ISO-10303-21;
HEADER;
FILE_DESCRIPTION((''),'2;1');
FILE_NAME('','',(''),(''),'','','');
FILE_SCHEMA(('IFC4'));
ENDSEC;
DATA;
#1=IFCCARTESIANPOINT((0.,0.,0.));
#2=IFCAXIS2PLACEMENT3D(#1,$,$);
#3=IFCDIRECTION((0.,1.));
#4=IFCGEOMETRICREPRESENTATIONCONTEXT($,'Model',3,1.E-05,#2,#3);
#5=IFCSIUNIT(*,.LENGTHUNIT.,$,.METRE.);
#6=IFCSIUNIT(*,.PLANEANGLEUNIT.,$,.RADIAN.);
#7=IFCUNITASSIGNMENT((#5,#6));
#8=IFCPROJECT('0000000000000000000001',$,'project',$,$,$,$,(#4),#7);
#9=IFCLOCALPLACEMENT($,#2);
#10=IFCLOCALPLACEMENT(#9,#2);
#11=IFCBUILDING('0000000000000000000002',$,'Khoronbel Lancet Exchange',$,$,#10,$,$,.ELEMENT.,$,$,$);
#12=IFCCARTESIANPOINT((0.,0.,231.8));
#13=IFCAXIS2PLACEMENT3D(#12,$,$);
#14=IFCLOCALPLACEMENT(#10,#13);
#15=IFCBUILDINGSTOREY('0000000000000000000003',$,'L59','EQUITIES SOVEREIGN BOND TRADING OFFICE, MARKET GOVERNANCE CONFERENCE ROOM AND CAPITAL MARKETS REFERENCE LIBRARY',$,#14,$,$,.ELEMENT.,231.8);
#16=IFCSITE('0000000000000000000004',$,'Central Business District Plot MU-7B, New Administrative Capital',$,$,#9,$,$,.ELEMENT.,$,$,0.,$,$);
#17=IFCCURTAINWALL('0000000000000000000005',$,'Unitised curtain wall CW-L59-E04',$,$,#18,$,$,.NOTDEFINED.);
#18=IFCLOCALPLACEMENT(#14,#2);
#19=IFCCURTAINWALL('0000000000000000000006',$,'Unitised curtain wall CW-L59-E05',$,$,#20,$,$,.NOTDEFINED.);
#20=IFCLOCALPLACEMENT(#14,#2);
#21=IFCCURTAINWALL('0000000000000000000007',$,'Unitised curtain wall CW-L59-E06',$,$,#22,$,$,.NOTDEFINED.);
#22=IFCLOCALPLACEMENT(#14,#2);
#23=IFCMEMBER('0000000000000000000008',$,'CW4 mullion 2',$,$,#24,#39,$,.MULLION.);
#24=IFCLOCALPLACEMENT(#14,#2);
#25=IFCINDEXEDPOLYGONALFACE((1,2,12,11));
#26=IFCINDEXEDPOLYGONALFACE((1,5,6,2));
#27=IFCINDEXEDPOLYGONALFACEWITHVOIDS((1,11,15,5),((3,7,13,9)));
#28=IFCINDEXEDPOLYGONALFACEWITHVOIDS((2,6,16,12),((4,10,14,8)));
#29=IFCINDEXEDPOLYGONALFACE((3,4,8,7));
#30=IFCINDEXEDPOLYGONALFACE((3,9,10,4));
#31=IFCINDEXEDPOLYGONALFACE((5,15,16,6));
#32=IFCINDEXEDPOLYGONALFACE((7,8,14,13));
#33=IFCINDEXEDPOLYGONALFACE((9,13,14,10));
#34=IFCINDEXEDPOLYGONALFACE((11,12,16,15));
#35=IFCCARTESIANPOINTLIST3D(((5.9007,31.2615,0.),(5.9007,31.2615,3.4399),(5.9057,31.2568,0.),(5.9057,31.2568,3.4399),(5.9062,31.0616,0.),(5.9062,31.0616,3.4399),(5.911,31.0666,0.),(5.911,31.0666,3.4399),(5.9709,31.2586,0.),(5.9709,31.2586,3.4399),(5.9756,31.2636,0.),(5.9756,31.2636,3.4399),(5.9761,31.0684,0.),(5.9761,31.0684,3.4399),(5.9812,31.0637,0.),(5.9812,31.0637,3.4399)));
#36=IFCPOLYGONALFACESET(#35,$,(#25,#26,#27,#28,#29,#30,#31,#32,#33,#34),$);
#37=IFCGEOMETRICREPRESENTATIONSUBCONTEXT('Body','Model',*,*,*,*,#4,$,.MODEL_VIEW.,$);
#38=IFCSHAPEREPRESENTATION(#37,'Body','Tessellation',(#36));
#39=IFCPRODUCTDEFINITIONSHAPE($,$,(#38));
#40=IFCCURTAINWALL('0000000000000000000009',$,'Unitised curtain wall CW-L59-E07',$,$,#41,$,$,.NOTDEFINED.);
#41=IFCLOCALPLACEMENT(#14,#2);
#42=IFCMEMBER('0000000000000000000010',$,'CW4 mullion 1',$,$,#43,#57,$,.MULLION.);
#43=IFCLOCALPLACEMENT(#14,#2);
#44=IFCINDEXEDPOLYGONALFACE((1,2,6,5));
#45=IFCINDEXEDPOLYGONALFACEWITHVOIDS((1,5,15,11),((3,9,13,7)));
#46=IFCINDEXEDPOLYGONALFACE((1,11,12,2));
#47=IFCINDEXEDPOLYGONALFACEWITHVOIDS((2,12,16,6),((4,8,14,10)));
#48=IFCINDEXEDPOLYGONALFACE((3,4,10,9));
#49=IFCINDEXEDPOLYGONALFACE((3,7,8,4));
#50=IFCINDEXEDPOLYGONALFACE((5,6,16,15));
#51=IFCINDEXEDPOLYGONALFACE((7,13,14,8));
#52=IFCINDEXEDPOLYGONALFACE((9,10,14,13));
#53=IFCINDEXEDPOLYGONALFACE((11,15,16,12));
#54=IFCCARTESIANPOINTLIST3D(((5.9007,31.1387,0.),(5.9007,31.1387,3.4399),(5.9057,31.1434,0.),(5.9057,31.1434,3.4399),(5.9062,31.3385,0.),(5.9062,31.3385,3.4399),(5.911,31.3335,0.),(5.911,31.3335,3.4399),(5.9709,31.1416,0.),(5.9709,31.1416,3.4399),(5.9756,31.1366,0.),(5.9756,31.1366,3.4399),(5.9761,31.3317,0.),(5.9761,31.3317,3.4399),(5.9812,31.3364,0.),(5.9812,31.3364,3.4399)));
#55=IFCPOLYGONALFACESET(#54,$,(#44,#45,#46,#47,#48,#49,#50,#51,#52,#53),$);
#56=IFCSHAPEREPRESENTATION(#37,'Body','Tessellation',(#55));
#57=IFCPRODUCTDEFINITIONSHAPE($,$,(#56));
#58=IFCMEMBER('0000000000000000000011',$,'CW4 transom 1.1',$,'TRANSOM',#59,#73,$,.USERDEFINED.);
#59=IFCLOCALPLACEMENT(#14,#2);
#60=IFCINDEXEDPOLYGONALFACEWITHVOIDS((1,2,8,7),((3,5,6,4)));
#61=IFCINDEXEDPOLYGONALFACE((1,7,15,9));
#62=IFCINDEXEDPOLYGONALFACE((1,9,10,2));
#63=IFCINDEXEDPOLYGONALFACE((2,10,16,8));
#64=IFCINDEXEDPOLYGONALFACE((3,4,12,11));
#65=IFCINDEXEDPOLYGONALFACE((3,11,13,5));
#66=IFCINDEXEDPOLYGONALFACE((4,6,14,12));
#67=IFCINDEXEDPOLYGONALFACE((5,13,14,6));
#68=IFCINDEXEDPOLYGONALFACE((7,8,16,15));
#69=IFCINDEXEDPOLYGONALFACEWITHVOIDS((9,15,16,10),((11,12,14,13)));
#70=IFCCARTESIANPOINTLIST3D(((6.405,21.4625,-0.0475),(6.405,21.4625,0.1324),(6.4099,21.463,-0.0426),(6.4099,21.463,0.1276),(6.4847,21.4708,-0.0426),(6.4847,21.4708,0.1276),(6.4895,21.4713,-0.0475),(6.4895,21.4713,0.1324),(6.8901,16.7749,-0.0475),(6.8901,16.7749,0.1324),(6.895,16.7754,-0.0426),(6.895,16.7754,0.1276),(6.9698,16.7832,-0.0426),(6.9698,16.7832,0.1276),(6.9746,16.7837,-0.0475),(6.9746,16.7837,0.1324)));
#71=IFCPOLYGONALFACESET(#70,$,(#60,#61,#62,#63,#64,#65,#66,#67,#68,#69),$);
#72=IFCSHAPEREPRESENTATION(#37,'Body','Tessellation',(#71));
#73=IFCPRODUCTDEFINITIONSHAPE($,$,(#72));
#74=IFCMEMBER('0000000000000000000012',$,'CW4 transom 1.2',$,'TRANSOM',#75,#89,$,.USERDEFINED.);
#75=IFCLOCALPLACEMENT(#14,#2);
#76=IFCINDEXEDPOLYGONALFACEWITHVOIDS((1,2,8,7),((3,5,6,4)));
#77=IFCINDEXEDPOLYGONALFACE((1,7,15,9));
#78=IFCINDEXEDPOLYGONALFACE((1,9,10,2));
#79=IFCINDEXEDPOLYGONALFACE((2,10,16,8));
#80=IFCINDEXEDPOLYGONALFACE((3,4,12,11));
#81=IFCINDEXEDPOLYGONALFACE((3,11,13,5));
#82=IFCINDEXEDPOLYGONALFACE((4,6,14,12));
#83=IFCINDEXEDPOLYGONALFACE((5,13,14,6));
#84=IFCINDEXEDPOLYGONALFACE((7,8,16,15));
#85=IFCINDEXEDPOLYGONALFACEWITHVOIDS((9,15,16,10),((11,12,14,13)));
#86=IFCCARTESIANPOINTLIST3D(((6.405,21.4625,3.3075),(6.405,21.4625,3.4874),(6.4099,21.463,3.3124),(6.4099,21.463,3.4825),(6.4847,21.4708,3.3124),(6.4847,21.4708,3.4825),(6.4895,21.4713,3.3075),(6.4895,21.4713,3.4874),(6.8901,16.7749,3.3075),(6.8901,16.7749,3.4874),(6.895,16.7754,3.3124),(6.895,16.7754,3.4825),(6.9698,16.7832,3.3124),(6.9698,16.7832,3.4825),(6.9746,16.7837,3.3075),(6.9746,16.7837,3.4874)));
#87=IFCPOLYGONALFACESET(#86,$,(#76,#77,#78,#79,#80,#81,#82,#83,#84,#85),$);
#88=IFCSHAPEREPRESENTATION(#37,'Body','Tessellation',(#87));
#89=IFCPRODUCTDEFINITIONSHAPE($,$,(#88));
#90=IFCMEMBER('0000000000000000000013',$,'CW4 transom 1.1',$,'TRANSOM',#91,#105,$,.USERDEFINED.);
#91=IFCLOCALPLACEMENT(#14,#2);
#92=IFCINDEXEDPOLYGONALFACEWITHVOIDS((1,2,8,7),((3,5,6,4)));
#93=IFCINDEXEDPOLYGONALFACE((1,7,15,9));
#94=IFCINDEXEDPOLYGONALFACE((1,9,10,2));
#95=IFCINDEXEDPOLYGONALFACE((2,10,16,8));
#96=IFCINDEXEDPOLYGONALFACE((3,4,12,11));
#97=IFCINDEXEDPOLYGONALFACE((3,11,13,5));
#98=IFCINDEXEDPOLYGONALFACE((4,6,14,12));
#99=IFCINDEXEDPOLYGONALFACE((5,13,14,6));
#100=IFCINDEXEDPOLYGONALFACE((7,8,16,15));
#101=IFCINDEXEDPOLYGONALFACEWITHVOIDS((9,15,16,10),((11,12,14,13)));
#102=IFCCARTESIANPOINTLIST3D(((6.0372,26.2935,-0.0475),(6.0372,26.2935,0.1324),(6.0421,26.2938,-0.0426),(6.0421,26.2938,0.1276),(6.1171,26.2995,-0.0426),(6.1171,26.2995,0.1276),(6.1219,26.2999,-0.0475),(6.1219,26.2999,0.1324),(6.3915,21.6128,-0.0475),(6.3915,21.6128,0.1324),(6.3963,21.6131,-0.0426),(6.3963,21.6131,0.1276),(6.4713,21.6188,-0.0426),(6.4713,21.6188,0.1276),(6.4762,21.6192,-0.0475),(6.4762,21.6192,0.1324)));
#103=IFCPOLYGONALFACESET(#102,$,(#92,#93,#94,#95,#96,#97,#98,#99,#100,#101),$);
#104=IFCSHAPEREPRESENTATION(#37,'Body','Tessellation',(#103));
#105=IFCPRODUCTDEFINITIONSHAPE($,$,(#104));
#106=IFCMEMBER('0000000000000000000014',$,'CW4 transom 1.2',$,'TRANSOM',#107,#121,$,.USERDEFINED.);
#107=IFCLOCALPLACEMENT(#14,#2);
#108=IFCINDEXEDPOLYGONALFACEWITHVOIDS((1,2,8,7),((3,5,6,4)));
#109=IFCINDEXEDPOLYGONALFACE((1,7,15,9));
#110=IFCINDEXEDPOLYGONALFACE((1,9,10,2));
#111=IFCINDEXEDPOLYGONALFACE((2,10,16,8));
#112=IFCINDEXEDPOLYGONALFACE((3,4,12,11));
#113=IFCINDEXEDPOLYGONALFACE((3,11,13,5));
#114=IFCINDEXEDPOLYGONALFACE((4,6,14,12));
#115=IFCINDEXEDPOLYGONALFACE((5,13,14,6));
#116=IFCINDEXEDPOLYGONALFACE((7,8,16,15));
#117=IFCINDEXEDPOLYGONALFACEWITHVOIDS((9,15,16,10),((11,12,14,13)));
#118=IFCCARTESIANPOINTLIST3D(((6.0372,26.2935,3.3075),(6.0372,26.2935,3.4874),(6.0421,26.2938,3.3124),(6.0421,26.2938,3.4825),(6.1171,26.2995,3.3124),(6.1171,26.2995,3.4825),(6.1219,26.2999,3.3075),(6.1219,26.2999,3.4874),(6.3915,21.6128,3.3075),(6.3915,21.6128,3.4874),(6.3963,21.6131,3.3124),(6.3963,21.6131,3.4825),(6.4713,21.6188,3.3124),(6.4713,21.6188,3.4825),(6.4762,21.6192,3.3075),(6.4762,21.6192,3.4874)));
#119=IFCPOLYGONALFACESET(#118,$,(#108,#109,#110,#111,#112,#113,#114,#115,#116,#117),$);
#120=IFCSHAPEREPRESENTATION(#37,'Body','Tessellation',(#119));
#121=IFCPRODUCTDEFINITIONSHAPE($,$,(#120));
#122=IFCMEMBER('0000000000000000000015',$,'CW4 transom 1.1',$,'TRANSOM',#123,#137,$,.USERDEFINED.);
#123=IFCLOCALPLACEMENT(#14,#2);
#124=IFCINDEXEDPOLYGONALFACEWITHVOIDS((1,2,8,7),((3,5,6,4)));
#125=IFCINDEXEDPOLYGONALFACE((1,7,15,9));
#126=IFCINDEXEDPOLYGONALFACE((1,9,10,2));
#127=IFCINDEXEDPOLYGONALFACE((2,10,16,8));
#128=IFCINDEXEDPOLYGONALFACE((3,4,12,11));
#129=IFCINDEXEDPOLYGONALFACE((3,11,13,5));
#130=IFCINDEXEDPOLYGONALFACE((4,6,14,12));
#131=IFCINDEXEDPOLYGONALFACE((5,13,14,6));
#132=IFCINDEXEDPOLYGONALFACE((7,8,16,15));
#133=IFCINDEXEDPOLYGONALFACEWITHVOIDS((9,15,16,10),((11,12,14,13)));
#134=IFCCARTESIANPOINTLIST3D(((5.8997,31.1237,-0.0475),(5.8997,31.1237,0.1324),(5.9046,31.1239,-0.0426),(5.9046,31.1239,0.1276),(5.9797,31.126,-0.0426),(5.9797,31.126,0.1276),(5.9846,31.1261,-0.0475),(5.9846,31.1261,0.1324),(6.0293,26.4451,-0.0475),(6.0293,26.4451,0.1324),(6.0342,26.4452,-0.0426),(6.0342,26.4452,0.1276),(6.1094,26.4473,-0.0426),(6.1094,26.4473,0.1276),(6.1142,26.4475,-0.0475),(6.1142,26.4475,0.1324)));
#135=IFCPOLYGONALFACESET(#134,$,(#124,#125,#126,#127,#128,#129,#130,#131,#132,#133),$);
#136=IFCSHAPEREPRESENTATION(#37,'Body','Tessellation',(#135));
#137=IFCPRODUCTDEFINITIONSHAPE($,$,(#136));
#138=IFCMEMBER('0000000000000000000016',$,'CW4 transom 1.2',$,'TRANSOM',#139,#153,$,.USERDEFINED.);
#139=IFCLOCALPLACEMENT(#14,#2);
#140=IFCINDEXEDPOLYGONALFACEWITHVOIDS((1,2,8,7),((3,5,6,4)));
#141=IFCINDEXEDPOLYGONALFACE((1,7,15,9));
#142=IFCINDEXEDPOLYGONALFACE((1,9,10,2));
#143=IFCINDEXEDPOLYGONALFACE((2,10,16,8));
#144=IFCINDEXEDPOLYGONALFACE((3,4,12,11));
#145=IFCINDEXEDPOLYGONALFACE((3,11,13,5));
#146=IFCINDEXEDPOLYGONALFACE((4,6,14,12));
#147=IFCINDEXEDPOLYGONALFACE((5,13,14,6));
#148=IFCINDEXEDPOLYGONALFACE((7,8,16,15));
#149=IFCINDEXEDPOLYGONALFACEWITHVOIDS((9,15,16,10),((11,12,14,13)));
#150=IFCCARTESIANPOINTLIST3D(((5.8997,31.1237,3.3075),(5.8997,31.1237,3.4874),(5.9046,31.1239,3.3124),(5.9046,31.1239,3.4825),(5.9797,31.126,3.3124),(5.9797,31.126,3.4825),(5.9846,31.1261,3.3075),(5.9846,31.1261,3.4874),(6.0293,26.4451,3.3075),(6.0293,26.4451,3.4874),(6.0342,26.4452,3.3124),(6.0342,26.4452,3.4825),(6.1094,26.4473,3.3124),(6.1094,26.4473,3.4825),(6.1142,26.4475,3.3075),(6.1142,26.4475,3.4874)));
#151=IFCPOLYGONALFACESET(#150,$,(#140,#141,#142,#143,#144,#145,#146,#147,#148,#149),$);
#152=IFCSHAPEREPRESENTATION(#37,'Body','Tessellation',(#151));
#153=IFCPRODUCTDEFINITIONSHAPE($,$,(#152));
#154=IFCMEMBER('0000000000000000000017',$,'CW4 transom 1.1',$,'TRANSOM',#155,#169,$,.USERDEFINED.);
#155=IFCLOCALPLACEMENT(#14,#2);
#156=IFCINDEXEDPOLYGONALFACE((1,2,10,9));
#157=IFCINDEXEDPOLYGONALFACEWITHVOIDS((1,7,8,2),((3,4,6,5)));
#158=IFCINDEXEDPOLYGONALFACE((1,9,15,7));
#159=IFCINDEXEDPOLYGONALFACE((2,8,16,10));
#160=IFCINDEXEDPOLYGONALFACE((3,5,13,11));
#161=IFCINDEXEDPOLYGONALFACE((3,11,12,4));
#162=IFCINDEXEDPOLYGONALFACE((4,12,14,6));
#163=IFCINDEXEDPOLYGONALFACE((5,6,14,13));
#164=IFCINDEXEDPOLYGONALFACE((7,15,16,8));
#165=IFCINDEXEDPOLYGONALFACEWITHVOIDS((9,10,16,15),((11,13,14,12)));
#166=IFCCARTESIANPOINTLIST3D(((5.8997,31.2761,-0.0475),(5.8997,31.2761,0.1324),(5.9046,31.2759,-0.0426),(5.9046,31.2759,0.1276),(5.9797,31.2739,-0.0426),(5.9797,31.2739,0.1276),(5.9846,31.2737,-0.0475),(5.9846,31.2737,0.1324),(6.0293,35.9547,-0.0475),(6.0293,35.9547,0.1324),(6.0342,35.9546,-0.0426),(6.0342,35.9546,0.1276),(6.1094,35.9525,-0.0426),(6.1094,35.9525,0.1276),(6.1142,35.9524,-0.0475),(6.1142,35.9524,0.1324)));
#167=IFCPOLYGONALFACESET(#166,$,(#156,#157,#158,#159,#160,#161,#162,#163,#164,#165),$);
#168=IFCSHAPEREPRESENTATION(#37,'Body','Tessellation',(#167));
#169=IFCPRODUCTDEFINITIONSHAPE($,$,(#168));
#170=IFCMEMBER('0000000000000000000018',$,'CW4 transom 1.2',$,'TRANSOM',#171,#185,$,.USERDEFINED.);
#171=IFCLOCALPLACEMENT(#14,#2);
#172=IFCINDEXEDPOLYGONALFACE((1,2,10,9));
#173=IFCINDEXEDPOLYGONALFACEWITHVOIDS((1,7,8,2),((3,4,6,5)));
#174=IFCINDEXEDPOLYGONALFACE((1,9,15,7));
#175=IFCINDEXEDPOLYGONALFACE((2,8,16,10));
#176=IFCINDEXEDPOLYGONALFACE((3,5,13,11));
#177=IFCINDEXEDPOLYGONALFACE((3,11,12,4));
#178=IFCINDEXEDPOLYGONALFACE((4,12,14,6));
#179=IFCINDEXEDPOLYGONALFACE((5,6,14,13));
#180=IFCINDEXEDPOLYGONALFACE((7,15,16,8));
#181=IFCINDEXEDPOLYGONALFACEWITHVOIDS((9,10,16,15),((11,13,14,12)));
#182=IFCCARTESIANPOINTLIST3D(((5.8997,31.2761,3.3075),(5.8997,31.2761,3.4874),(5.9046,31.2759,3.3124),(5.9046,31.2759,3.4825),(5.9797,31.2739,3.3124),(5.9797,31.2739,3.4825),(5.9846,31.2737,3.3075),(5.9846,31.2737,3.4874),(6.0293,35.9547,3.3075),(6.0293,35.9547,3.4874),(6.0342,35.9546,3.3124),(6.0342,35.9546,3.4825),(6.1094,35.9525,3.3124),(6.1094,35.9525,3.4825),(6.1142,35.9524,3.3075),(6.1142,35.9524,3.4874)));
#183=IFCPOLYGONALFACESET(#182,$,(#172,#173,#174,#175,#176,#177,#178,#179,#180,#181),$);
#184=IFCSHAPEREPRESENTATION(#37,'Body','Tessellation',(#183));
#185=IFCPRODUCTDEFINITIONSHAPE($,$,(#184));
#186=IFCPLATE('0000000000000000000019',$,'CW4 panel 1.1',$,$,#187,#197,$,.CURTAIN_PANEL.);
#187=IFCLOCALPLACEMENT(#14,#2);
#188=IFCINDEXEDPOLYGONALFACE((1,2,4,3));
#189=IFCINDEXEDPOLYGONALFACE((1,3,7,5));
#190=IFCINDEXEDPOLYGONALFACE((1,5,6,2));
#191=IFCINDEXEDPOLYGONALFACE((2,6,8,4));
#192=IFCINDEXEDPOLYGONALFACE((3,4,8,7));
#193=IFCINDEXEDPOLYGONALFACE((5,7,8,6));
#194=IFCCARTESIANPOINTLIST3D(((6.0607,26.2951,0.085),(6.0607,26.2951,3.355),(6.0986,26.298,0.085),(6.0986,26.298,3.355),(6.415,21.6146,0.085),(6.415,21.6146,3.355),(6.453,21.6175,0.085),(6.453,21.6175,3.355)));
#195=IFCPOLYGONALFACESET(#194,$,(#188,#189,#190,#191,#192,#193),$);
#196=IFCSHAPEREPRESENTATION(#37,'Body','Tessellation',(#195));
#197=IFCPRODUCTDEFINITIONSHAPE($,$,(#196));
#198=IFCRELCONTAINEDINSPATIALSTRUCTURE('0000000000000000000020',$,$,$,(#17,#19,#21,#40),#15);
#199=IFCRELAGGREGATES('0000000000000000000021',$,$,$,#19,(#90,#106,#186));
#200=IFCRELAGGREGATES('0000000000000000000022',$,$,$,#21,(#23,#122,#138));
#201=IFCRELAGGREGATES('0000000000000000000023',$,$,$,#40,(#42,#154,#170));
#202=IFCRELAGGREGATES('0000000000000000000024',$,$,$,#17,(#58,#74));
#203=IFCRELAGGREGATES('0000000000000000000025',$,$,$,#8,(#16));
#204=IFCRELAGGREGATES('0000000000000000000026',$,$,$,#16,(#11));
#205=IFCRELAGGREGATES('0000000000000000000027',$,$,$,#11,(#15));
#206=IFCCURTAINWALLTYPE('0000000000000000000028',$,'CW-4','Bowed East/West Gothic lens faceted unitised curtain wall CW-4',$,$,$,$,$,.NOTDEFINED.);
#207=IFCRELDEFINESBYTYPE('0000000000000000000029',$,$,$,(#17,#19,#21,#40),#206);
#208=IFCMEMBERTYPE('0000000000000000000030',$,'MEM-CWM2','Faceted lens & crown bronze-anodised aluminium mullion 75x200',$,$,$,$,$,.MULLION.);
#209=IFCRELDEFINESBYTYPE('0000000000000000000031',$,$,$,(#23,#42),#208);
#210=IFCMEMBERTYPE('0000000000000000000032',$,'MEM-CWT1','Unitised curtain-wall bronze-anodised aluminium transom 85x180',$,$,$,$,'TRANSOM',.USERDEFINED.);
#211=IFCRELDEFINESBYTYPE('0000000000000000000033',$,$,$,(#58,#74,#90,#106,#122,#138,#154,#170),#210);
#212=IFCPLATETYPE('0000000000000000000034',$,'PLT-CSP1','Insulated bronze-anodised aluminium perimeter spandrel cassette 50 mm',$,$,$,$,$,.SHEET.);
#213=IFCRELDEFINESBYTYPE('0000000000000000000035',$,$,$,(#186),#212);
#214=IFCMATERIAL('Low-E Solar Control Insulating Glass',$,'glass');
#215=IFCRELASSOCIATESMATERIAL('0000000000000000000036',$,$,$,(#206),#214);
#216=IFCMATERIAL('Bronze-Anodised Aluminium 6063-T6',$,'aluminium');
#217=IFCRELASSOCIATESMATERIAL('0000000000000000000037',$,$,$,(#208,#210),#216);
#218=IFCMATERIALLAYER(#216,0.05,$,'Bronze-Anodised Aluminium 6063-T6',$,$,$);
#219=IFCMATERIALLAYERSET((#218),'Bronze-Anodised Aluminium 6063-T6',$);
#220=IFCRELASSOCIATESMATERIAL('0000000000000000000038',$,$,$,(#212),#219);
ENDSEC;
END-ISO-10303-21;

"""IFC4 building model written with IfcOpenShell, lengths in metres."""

from ifc_helpers import new_model, si_unit, direction, frame, origin, origin_2d, place, context, subcontext, project, spatial, rectangle, hollow_rectangle, extrude, material, layer, layer_set, material_profile, profile_set, type_object, element, aggregate, save


model = new_model("IFC4")

# Units and contexts
model_context = context("Model", 3, precision=1e-05, world=origin(), true_north=direction((0.0, 1.0)))
body_context = subcontext(model_context, "Body", "Model", "MODEL_VIEW")
ifc_project = project(units=[si_unit("LENGTHUNIT", "METRE"), si_unit("PLANEANGLEUNIT", "RADIAN")], contexts=[model_context])

# Site, building, storey
site_placement = place(None, origin())
site = spatial("IfcSite", under=ifc_project, at=site_placement, Name="Central Business District Plot MU-7B, New Administrative Capital", CompositionType="ELEMENT", RefElevation=0.0)
building_placement = place(site_placement, origin())
building = spatial("IfcBuilding", under=site, at=building_placement, Name="Khoronbel Lancet Exchange", CompositionType="ELEMENT")
storey_placement = place(building_placement, frame((0.0, 0.0, 231.8)))
storey = spatial("IfcBuildingStorey", under=building, at=storey_placement, Name="L59", Description="EQUITIES SOVEREIGN BOND TRADING OFFICE, MARKET GOVERNANCE CONFERENCE ROOM AND CAPITAL MARKETS REFERENCE LIBRARY", CompositionType="ELEMENT", Elevation=231.8)

# Curtain walls, member
ifc_material_1 = material(Name="Low-E Solar Control Insulating Glass", Category="glass")
curtain_wall_type = type_object("IfcCurtainWallType", Name="CW-4", Description="Bowed East/West Gothic lens faceted unitised curtain wall CW-4", PredefinedType="NOTDEFINED", material=ifc_material_1)
curtain_wall_1_placement = place(storey_placement, origin())
curtain_wall_1 = element("IfcCurtainWall", 1, at=curtain_wall_1_placement, inside=storey, type_object=curtain_wall_type, Name="Unitised curtain wall CW-L59-E04", PredefinedType="NOTDEFINED")
ifc_material_2 = material(Name="Bronze-Anodised Aluminium 6063-T6", Category="aluminium")
ifc_material_profile_1 = material_profile(ifc_material_2, hollow_rectangle(XDim=0.075, YDim=0.2, WallThickness=0.0049, at=origin_2d()), Name="ALU MULLION 75x200")
ifc_profile_set_1 = profile_set([ifc_material_profile_1], Name="Bronze-Anodised Aluminium 6063-T6")
member_type_1 = type_object("IfcMemberType", Name="MEM-CWM2", Description="Faceted lens & crown bronze-anodised aluminium mullion 75x200", PredefinedType="MULLION", material=ifc_profile_set_1)
curtain_wall_2_placement = place(storey_placement, origin())
curtain_wall_2 = element("IfcCurtainWall", 2, at=curtain_wall_2_placement, inside=storey, type_object=curtain_wall_type, Name="Unitised curtain wall CW-L59-E05", PredefinedType="NOTDEFINED")
curtain_wall_3_placement = place(storey_placement, origin())
curtain_wall_3 = element("IfcCurtainWall", 3, at=curtain_wall_3_placement, inside=storey, type_object=curtain_wall_type, Name="Unitised curtain wall CW-L59-E06", PredefinedType="NOTDEFINED")
member_1_placement = place(storey_placement, frame((5.9409, 31.1626, 0.0), z_axis=(0.0, 0.0, 1.0), x_axis=(-0.999616, -0.027719, 0.0)))
member_1 = element("IfcMember", 4, at=member_1_placement, type_object=member_type_1, Name="CW4 mullion 2", PredefinedType="MULLION", context=body_context, shape_type="SweptSolid", body=[
    extrude(hollow_rectangle(XDim=0.075, YDim=0.2, WallThickness=0.0049, at=origin_2d()), origin(), (0.0, 0.0, 1.0), 3.4399),
])

# Curtain wall, member
curtain_wall_4_placement = place(storey_placement, origin())
curtain_wall_4 = element("IfcCurtainWall", 5, at=curtain_wall_4_placement, inside=storey, type_object=curtain_wall_type, Name="Unitised curtain wall CW-L59-E07", PredefinedType="NOTDEFINED")
member_2_placement = place(storey_placement, frame((5.9409, 31.2375, 0.0), z_axis=(0.0, 0.0, 1.0), x_axis=(-0.999616, 0.027719, 0.0)))
member_2 = element("IfcMember", 6, at=member_2_placement, type_object=member_type_1, Name="CW4 mullion 1", PredefinedType="MULLION", context=body_context, shape_type="SweptSolid", body=[
    extrude(hollow_rectangle(XDim=0.075, YDim=0.2, WallThickness=0.0049, at=origin_2d()), origin(), (0.0, 0.0, 1.0), 3.4399),
])

# Members
ifc_material_profile_2 = material_profile(ifc_material_2, hollow_rectangle(XDim=0.085, YDim=0.1799, WallThickness=0.0049, at=origin_2d()), Name="ALU TRANSOM 85x180")
ifc_profile_set_2 = profile_set([ifc_material_profile_2], Name="Bronze-Anodised Aluminium 6063-T6")
member_type_2 = type_object("IfcMemberType", Name="MEM-CWT1", Description="Unitised curtain-wall bronze-anodised aluminium transom 85x180", ElementType="TRANSOM", PredefinedType="USERDEFINED", material=ifc_profile_set_2)
member_3_placement = place(storey_placement, frame((6.9324, 16.7793, 0.0425), z_axis=(-0.10294, 0.994688, 0.0), x_axis=(-0.994688, -0.10294, 0.0)))
member_3 = element("IfcMember", 7, at=member_3_placement, type_object=member_type_2, Name="CW4 transom 1.1", ObjectType="TRANSOM", PredefinedType="USERDEFINED", context=body_context, shape_type="SweptSolid", body=[
    extrude(hollow_rectangle(XDim=0.085, YDim=0.1799, WallThickness=0.0049, at=origin_2d()), origin(), (0.0, 0.0, 1.0), 4.7126),
])
member_4_placement = place(storey_placement, frame((6.9324, 16.7793, 3.3975), z_axis=(-0.10294, 0.994688, 0.0), x_axis=(-0.994688, -0.10294, 0.0)))
member_4 = element("IfcMember", 8, at=member_4_placement, type_object=member_type_2, Name="CW4 transom 1.2", ObjectType="TRANSOM", PredefinedType="USERDEFINED", context=body_context, shape_type="SweptSolid", body=[
    extrude(hollow_rectangle(XDim=0.085, YDim=0.1799, WallThickness=0.0049, at=origin_2d()), origin(), (0.0, 0.0, 1.0), 4.7126),
])
member_5_placement = place(storey_placement, frame((6.4338, 21.616, 0.0425), z_axis=(-0.075467, 0.997148, 0.0), x_axis=(-0.997148, -0.075467, 0.0)))
member_5 = element("IfcMember", 9, at=member_5_placement, type_object=member_type_2, Name="CW4 transom 1.1", ObjectType="TRANSOM", PredefinedType="USERDEFINED", context=body_context, shape_type="SweptSolid", body=[
    extrude(hollow_rectangle(XDim=0.085, YDim=0.1799, WallThickness=0.0049, at=origin_2d()), origin(), (0.0, 0.0, 1.0), 4.6941),
])
member_6_placement = place(storey_placement, frame((6.4338, 21.616, 3.3975), z_axis=(-0.075467, 0.997148, 0.0), x_axis=(-0.997148, -0.075467, 0.0)))
member_6 = element("IfcMember", 10, at=member_6_placement, type_object=member_type_2, Name="CW4 transom 1.2", ObjectType="TRANSOM", PredefinedType="USERDEFINED", context=body_context, shape_type="SweptSolid", body=[
    extrude(hollow_rectangle(XDim=0.085, YDim=0.1799, WallThickness=0.0049, at=origin_2d()), origin(), (0.0, 0.0, 1.0), 4.6941),
])
member_7_placement = place(storey_placement, frame((6.0718, 26.4463, 0.0425), z_axis=(-0.027698, 0.999616, 0.0), x_axis=(-0.999616, -0.027698, 0.0)))
member_7 = element("IfcMember", 11, at=member_7_placement, type_object=member_type_2, Name="CW4 transom 1.1", ObjectType="TRANSOM", PredefinedType="USERDEFINED", context=body_context, shape_type="SweptSolid", body=[
    extrude(hollow_rectangle(XDim=0.085, YDim=0.1799, WallThickness=0.0049, at=origin_2d()), origin(), (0.0, 0.0, 1.0), 4.6804),
])
member_8_placement = place(storey_placement, frame((6.0718, 26.4463, 3.3975), z_axis=(-0.027698, 0.999616, 0.0), x_axis=(-0.999616, -0.027698, 0.0)))
member_8 = element("IfcMember", 12, at=member_8_placement, type_object=member_type_2, Name="CW4 transom 1.2", ObjectType="TRANSOM", PredefinedType="USERDEFINED", context=body_context, shape_type="SweptSolid", body=[
    extrude(hollow_rectangle(XDim=0.085, YDim=0.1799, WallThickness=0.0049, at=origin_2d()), origin(), (0.0, 0.0, 1.0), 4.6804),
])
member_9_placement = place(storey_placement, frame((5.9421, 31.2749, 0.0425), z_axis=(0.027698, 0.999616, 0.0), x_axis=(-0.999616, 0.027698, 0.0)))
member_9 = element("IfcMember", 13, at=member_9_placement, type_object=member_type_2, Name="CW4 transom 1.1", ObjectType="TRANSOM", PredefinedType="USERDEFINED", context=body_context, shape_type="SweptSolid", body=[
    extrude(hollow_rectangle(XDim=0.085, YDim=0.1799, WallThickness=0.0049, at=origin_2d()), origin(), (0.0, 0.0, 1.0), 4.6804),
])
member_10_placement = place(storey_placement, frame((5.9421, 31.2749, 3.3975), z_axis=(0.027698, 0.999616, 0.0), x_axis=(-0.999616, 0.027698, 0.0)))
member_10 = element("IfcMember", 14, at=member_10_placement, type_object=member_type_2, Name="CW4 transom 1.2", ObjectType="TRANSOM", PredefinedType="USERDEFINED", context=body_context, shape_type="SweptSolid", body=[
    extrude(hollow_rectangle(XDim=0.085, YDim=0.1799, WallThickness=0.0049, at=origin_2d()), origin(), (0.0, 0.0, 1.0), 4.6804),
])

# Plate
ifc_layer_1 = layer(ifc_material_2, 0.05, Name="Bronze-Anodised Aluminium 6063-T6")
ifc_layer_set_1 = layer_set([ifc_layer_1], Name="Bronze-Anodised Aluminium 6063-T6")
plate_type_1 = type_object("IfcPlateType", Name="PLT-CSP1", Description="Insulated bronze-anodised aluminium perimeter spandrel cassette 50 mm", PredefinedType="SHEET", material=ifc_layer_set_1)
plate_1_placement = place(storey_placement, frame((6.2568, 23.9563, 0.085), z_axis=(0.0, 0.0, 1.0), x_axis=(-0.075498, 0.997146, 0.0)))
plate_1 = element("IfcPlate", 15, at=plate_1_placement, type_object=plate_type_1, Name="CW4 panel 1.1", PredefinedType="CURTAIN_PANEL", context=body_context, shape_type="SweptSolid", body=[
    extrude(rectangle(XDim=4.6938, YDim=0.0381, at=origin_2d()), origin(), (0.0, 0.0, 1.0), 3.27),
])
aggregate(curtain_wall_2, [member_5, member_6, plate_1])
aggregate(curtain_wall_3, [member_1, member_7, member_8])
aggregate(curtain_wall_4, [member_2, member_9, member_10])
aggregate(curtain_wall_1, [member_3, member_4])

save(model, "model.ifc")
